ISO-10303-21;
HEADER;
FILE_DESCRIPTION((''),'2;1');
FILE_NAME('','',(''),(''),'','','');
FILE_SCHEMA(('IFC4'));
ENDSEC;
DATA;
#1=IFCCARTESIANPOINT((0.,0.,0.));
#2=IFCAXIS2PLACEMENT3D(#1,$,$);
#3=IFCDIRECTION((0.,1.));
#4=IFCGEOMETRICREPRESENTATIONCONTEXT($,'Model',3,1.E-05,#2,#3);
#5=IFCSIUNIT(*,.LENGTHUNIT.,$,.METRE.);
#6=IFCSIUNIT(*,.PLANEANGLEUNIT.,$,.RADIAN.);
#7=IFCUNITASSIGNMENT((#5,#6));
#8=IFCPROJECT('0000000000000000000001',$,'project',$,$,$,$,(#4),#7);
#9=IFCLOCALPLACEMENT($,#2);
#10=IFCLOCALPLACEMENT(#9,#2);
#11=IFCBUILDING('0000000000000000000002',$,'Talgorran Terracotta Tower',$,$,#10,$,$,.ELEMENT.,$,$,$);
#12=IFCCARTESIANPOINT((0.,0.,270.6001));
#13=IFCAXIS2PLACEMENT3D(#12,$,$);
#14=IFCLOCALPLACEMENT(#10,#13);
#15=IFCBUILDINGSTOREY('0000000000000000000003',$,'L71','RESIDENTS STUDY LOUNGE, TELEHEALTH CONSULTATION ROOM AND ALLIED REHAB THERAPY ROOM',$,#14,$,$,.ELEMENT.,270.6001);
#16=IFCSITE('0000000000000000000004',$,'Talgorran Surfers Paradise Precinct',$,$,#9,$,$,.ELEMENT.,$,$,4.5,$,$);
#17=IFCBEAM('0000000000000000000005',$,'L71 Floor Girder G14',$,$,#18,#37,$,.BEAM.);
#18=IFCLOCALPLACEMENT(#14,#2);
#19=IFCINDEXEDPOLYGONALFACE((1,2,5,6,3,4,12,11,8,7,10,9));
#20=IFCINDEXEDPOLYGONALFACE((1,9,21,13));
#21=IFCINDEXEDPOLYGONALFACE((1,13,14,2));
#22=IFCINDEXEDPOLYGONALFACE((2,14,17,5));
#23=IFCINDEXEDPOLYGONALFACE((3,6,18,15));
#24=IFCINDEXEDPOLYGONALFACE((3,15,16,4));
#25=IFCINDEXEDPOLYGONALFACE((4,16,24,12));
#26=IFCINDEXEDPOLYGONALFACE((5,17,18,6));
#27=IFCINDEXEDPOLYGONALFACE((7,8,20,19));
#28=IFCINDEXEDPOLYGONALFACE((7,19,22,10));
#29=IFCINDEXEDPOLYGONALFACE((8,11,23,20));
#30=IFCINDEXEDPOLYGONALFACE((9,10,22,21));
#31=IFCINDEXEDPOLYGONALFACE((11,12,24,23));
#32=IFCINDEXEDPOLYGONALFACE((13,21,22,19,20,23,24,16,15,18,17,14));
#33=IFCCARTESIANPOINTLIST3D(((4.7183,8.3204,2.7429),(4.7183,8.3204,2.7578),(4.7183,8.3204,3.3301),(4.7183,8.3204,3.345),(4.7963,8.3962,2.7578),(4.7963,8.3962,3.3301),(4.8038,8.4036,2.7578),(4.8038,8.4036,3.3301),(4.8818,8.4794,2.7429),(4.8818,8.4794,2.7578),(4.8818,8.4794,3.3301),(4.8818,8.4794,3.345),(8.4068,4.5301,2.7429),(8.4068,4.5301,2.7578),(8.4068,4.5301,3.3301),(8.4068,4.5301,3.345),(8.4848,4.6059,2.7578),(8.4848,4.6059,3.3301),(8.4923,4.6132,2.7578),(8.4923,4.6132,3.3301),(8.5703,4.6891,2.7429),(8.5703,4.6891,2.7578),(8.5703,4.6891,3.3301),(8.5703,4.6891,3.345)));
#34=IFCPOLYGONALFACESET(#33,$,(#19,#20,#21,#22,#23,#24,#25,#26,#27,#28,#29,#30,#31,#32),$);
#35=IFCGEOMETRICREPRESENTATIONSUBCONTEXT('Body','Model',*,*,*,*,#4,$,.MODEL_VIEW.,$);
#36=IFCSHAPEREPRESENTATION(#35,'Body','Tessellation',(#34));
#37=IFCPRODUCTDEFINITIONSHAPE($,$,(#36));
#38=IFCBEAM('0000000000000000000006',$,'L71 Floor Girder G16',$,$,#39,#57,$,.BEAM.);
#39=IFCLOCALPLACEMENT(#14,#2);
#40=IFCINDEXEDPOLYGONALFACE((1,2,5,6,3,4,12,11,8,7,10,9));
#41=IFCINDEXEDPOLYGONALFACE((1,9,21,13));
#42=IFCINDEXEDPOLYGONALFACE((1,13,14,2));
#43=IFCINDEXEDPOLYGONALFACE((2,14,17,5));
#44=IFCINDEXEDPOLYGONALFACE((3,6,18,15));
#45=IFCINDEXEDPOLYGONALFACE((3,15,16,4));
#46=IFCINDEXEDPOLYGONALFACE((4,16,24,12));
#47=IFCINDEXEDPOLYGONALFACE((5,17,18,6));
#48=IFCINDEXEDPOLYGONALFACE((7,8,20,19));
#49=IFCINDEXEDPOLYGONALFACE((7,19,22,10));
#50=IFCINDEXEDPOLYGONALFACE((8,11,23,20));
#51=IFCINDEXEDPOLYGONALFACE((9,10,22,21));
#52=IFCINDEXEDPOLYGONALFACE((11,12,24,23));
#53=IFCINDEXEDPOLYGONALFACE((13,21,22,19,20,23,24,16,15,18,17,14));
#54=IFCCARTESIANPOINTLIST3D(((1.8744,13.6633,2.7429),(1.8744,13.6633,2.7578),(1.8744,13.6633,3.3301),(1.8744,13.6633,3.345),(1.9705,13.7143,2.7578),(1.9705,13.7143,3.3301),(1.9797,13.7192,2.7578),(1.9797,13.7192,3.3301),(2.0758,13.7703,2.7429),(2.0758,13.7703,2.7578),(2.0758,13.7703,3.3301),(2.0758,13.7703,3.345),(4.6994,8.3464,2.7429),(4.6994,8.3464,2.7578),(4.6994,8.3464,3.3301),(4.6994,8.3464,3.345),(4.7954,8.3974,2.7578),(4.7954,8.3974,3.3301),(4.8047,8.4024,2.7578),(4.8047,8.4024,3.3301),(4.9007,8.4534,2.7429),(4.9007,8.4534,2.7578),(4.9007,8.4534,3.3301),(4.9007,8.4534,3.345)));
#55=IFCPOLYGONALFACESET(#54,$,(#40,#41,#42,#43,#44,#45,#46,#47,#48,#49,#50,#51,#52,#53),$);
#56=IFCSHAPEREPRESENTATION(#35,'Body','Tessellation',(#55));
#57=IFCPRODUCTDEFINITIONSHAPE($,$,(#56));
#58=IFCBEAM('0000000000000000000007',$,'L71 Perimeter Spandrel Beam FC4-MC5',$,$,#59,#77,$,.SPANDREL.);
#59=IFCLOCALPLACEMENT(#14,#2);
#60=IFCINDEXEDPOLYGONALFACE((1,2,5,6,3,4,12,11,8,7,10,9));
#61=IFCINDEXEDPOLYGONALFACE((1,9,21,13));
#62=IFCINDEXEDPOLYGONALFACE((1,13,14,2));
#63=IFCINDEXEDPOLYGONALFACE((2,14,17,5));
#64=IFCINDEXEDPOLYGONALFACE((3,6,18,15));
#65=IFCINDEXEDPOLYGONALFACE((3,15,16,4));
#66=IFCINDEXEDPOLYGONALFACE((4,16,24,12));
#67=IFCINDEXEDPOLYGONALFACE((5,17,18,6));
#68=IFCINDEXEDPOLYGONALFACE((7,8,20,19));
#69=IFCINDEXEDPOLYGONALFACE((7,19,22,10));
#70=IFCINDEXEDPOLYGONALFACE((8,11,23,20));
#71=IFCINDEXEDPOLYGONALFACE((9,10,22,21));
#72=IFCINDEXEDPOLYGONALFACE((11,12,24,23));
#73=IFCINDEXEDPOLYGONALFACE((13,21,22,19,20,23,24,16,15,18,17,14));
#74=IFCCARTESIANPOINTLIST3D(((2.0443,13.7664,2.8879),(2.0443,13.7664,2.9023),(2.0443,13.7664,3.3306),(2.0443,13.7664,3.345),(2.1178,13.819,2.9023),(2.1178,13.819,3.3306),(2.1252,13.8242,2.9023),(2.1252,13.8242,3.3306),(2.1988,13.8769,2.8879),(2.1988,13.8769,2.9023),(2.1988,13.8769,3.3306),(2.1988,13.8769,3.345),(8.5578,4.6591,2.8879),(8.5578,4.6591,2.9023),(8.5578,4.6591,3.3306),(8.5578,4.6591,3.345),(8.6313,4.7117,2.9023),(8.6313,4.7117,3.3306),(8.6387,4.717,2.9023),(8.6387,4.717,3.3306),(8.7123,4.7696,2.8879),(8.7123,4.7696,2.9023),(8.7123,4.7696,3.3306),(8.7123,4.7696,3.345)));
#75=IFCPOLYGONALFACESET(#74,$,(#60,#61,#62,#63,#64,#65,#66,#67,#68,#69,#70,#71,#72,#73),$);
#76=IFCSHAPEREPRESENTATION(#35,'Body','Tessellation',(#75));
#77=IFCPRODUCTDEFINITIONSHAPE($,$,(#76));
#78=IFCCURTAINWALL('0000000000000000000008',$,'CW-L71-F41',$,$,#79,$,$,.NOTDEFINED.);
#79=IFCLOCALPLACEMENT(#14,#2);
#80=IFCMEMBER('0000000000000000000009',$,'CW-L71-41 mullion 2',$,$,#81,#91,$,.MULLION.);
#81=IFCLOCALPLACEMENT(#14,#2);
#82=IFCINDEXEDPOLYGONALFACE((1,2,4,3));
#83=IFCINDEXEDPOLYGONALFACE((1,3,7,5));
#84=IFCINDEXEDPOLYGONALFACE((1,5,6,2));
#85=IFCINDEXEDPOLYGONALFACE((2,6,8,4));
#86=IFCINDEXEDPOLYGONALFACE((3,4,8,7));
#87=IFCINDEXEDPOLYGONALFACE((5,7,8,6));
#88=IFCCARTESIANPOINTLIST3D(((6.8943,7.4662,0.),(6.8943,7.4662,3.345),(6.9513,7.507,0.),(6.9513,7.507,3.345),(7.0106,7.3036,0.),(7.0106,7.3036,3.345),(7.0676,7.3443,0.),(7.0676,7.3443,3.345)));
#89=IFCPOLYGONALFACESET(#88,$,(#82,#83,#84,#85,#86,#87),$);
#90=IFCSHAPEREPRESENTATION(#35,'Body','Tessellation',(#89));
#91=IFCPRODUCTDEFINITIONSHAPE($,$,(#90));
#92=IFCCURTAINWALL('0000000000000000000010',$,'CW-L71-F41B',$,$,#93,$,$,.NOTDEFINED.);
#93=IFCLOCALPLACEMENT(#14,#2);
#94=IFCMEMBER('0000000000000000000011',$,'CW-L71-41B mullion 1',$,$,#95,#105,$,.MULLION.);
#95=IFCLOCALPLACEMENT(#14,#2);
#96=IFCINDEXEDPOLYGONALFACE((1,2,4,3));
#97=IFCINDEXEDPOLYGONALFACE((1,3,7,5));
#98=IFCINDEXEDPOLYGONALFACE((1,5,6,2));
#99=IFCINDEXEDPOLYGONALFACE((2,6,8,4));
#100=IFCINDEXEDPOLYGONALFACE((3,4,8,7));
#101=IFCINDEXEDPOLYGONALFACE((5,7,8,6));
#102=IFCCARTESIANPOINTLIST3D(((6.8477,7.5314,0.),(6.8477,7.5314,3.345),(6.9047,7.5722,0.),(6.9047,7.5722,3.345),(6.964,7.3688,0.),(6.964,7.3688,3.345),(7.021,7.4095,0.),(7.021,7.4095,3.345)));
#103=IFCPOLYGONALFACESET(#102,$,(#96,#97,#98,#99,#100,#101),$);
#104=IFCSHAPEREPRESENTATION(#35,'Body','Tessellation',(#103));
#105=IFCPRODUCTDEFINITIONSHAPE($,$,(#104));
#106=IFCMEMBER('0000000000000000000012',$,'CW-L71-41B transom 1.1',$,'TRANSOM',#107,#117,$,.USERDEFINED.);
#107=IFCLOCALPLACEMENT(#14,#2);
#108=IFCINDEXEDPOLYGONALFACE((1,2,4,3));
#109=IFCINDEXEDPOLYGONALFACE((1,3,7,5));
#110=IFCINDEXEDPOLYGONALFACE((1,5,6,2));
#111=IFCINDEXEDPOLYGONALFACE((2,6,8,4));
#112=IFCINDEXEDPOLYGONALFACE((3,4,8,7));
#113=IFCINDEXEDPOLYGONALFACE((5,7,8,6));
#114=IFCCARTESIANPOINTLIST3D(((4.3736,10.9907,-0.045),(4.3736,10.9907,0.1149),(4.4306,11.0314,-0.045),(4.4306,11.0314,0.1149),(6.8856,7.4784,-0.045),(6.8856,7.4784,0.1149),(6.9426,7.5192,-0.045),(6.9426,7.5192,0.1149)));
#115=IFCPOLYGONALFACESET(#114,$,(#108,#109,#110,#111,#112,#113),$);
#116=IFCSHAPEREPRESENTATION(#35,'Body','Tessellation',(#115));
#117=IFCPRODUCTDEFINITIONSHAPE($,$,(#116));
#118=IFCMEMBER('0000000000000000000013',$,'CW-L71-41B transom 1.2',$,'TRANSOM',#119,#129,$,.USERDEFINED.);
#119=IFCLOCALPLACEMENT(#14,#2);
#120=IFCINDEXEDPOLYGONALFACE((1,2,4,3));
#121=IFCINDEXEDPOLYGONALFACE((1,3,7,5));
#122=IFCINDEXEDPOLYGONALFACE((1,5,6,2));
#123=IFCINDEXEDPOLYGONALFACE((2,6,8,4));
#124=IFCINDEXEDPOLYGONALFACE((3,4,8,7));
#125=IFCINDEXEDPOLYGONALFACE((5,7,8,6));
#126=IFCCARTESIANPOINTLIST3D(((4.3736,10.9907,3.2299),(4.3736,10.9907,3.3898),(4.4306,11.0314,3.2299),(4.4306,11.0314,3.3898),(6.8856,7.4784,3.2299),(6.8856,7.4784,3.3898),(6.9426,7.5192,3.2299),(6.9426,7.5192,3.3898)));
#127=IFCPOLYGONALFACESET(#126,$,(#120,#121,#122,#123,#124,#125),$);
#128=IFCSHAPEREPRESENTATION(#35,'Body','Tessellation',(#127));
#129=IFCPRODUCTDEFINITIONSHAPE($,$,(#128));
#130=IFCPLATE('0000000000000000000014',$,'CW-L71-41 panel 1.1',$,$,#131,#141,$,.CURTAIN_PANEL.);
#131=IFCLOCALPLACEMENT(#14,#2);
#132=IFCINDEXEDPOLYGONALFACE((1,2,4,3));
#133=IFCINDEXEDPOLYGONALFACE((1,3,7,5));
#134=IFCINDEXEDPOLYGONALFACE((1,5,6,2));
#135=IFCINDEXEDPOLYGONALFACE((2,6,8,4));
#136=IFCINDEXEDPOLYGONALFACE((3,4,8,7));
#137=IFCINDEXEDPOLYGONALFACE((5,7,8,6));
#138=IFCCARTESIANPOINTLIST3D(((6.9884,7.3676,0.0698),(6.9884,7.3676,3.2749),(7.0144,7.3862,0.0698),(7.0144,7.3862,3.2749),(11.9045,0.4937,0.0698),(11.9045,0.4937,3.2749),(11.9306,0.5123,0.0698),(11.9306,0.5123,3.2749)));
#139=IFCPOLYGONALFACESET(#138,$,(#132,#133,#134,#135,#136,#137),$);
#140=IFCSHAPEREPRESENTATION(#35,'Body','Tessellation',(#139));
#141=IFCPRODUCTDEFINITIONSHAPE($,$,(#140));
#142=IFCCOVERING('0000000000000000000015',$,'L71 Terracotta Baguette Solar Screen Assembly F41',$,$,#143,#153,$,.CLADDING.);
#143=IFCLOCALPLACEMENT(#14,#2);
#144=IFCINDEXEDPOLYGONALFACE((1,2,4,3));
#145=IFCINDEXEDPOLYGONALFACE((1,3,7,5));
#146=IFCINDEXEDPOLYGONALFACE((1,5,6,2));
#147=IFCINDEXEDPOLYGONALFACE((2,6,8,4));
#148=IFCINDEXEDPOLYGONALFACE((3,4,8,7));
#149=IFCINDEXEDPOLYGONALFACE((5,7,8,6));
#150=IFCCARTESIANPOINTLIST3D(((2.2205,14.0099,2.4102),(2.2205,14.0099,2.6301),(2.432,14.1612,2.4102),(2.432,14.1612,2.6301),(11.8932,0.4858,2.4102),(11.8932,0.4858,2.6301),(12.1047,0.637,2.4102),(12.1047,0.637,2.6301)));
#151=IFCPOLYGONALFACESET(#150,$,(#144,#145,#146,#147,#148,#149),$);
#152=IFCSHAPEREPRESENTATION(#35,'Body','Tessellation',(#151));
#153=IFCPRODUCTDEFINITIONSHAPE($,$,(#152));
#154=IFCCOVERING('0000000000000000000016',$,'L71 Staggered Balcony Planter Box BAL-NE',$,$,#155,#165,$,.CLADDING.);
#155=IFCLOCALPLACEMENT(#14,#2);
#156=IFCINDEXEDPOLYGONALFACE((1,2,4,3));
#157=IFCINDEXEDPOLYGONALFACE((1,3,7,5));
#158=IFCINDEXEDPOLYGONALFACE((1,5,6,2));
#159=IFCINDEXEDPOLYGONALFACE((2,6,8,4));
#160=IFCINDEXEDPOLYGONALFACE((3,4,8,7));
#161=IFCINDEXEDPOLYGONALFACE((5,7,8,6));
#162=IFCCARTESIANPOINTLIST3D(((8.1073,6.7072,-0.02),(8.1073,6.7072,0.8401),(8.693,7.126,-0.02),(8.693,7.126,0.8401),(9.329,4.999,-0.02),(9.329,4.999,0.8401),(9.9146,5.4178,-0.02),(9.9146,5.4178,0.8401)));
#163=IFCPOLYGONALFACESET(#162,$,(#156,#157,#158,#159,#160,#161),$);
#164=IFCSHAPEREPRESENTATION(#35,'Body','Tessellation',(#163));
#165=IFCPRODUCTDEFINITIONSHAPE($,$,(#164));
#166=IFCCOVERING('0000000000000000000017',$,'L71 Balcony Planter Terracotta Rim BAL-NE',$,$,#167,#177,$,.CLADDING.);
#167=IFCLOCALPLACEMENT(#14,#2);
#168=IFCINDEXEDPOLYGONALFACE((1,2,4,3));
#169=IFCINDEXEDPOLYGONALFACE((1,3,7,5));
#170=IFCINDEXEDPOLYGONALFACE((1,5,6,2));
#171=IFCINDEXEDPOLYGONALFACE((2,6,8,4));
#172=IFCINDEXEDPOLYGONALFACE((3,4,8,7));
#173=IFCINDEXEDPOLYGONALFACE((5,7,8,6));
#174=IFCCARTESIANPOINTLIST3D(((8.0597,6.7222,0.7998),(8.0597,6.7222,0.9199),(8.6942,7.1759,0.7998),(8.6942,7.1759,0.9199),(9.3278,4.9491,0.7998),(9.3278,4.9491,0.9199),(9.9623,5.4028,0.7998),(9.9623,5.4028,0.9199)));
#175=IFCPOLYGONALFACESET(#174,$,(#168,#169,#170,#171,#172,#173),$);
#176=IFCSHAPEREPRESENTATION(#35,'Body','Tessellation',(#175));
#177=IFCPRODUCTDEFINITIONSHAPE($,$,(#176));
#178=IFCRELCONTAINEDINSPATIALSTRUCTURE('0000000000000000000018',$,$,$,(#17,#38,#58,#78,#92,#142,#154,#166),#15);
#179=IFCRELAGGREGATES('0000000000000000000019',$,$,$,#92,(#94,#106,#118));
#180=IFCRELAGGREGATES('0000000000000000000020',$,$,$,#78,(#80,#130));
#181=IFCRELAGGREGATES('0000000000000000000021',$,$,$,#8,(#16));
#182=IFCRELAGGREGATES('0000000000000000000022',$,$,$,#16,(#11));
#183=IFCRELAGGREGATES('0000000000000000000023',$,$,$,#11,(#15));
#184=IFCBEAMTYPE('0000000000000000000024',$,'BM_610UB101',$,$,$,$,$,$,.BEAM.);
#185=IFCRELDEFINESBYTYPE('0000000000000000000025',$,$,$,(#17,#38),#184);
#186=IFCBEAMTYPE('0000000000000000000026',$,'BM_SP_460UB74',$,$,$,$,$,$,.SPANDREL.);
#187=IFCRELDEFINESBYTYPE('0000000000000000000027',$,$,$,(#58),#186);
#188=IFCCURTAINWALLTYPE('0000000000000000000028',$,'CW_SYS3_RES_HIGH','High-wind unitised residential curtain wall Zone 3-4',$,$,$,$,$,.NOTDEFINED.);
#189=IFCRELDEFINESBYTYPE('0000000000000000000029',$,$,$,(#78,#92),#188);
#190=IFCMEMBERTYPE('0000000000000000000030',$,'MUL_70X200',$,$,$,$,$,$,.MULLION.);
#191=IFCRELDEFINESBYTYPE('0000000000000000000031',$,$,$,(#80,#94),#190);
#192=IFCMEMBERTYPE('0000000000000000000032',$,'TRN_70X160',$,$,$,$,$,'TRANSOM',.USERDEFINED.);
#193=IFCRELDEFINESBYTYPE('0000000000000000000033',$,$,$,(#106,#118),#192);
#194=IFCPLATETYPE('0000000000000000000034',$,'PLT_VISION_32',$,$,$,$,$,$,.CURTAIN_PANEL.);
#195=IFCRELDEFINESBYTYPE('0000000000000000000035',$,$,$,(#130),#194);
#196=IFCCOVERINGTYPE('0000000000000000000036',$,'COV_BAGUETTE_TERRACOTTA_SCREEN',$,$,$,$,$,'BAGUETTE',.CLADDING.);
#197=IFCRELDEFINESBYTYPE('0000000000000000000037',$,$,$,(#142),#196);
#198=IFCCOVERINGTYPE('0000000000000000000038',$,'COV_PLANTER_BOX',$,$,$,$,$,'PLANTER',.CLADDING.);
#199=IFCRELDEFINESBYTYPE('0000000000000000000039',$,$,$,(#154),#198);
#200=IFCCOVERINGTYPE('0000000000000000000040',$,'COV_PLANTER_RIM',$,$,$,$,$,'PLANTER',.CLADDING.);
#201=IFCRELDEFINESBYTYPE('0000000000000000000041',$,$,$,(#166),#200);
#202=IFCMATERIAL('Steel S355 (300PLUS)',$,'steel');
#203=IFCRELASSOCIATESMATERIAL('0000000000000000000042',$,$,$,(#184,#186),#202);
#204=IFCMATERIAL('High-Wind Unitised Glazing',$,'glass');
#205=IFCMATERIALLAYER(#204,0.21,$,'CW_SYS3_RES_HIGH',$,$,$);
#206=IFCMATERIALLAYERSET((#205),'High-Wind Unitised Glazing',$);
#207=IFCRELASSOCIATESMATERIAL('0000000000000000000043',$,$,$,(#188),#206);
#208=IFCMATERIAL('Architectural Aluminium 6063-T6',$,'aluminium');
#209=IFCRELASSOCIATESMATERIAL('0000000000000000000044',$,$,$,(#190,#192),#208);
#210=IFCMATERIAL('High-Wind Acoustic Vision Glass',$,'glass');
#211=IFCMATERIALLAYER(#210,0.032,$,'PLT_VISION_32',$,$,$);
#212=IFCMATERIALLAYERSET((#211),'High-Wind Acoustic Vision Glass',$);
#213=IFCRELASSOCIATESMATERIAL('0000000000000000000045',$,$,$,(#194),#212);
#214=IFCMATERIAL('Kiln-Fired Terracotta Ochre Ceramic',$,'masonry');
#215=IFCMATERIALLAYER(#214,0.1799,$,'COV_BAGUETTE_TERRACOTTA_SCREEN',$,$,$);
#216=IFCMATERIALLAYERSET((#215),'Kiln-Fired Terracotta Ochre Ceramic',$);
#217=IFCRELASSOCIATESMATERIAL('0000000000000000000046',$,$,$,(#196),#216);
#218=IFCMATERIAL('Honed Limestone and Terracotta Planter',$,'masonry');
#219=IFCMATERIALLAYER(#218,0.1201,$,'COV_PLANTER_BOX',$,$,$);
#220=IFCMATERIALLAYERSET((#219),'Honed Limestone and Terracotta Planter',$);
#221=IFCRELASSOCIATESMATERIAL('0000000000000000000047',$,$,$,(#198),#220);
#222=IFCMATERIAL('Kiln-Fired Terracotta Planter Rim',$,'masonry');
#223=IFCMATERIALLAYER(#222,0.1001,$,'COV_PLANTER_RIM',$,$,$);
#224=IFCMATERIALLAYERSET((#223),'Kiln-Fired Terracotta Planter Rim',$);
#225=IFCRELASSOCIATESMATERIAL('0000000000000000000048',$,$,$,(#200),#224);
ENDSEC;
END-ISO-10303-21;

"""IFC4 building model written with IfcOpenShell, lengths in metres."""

from ifc_helpers import new_model, si_unit, direction, frame, origin, origin_2d, place, context, subcontext, project, spatial, rectangle, i_section, extrude, source, transform, mapped, material, layer, layer_set, material_profile, profile_set, type_object, type_shapes, element, aggregate, save


model = new_model("IFC4")

# Units and contexts
model_context = context("Model", 3, precision=1e-05, world=origin(), true_north=direction((0.0, 1.0)))
body_context = subcontext(model_context, "Body", "Model", "MODEL_VIEW")
ifc_project = project(units=[si_unit("LENGTHUNIT", "METRE"), si_unit("PLANEANGLEUNIT", "RADIAN")], contexts=[model_context])

# Site, building, storey
site_placement = place(None, origin())
site = spatial("IfcSite", under=ifc_project, at=site_placement, Name="Talgorran Surfers Paradise Precinct", CompositionType="ELEMENT", RefElevation=4.5)
building_placement = place(site_placement, origin())
building = spatial("IfcBuilding", under=site, at=building_placement, Name="Talgorran Terracotta Tower", CompositionType="ELEMENT")
storey_placement = place(building_placement, frame((0.0, 0.0, 270.6001)))
storey = spatial("IfcBuildingStorey", under=building, at=storey_placement, Name="L71", Description="RESIDENTS STUDY LOUNGE, TELEHEALTH CONSULTATION ROOM AND ALLIED REHAB THERAPY ROOM", CompositionType="ELEMENT", Elevation=270.6001)

# Shared definitions
ifc_material_1 = material(Name="Steel S355 (300PLUS)", Category="steel")

# Beams
ifc_material_profile_1 = material_profile(ifc_material_1, i_section(OverallWidth=0.228, OverallDepth=0.6021, WebThickness=0.0105, FlangeThickness=0.0149, at=origin_2d()), Name="610UB101")
ifc_profile_set_1 = profile_set([ifc_material_profile_1], Name="Steel S355 (300PLUS)")
beam_type_1 = type_object("IfcBeamType", Name="BM_610UB101", PredefinedType="BEAM", material=ifc_profile_set_1)
beam_1_placement = place(storey_placement, frame((4.8, 8.3999, 3.0439), z_axis=(0.697416, -0.716666, 0.0), x_axis=(0.716666, 0.697416, 0.0)))
element("IfcBeam", 1, at=beam_1_placement, inside=storey, type_object=beam_type_1, Name="L71 Floor Girder G14", PredefinedType="BEAM", context=body_context, shape_type="SweptSolid", body=[
    extrude(i_section(OverallWidth=0.228, OverallDepth=0.6021, WebThickness=0.0105, FlangeThickness=0.0149, at=origin_2d()), origin(), (0.0, 0.0, 1.0), 5.2888),
])
beam_2_placement = place(storey_placement, frame((4.8, 8.3999, 3.0439), z_axis=(-0.469201, 0.883092, 0.0), x_axis=(-0.883092, -0.469201, 0.0)))
element("IfcBeam", 2, at=beam_2_placement, inside=storey, type_object=beam_type_1, Name="L71 Floor Girder G16", PredefinedType="BEAM", context=body_context, shape_type="SweptSolid", body=[
    extrude(i_section(OverallWidth=0.228, OverallDepth=0.6021, WebThickness=0.0105, FlangeThickness=0.0149, at=origin_2d()), origin(), (0.0, 0.0, 1.0), 6.0208),
])
ifc_material_profile_2 = material_profile(ifc_material_1, i_section(OverallWidth=0.1899, OverallDepth=0.457, WebThickness=0.009, FlangeThickness=0.0144, at=origin_2d()), Name="460UB74.6")
ifc_profile_set_2 = profile_set([ifc_material_profile_2], Name="Steel S355 (300PLUS)")
beam_type_2 = type_object("IfcBeamType", Name="BM_SP_460UB74", PredefinedType="SPANDREL", material=ifc_profile_set_2)
beam_3_placement = place(storey_placement, frame((8.635, 4.7144, 3.1165), z_axis=(-0.581729, 0.813383, 0.0), x_axis=(-0.813383, -0.581729, 0.0)))
element("IfcBeam", 3, at=beam_3_placement, inside=storey, type_object=beam_type_2, Name="L71 Perimeter Spandrel Beam FC4-MC5", PredefinedType="SPANDREL", context=body_context, shape_type="SweptSolid", body=[
    extrude(i_section(OverallWidth=0.1899, OverallDepth=0.457, WebThickness=0.009, FlangeThickness=0.0144, at=origin_2d()), origin(), (0.0, 0.0, 1.0), 11.1968),
])

# Curtain wall, member
ifc_material_2 = material(Name="High-Wind Unitised Glazing", Category="glass")
ifc_layer_1 = layer(ifc_material_2, 0.21, Name="CW_SYS3_RES_HIGH")
ifc_layer_set_1 = layer_set([ifc_layer_1], Name="High-Wind Unitised Glazing")
curtain_wall_type = type_object("IfcCurtainWallType", Name="CW_SYS3_RES_HIGH", Description="High-wind unitised residential curtain wall Zone 3-4", PredefinedType="NOTDEFINED", material=ifc_layer_set_1)
curtain_wall_1_placement = place(storey_placement, origin())
curtain_wall_1 = element("IfcCurtainWall", 4, at=curtain_wall_1_placement, inside=storey, type_object=curtain_wall_type, Name="CW-L71-F41", PredefinedType="NOTDEFINED")
ifc_material_3 = material(Name="Architectural Aluminium 6063-T6", Category="aluminium")
ifc_material_profile_3 = material_profile(ifc_material_3, rectangle(XDim=0.0701, YDim=0.2, at=origin_2d()), Name="CWM70X200")
ifc_profile_set_3 = profile_set([ifc_material_profile_3], Name="Architectural Aluminium 6063-T6")
member_type_1 = type_object("IfcMemberType", Name="MUL_70X200", PredefinedType="MULLION", material=ifc_profile_set_3)
member_1_placement = place(storey_placement, frame((6.981, 7.4053, 0.0), z_axis=(0.0, 0.0, 1.0), x_axis=(-0.813382, -0.58173, 0.0)))
member_1 = element("IfcMember", 5, at=member_1_placement, type_object=member_type_1, Name="CW-L71-41 mullion 2", PredefinedType="MULLION", context=body_context, shape_type="SweptSolid", body=[
    extrude(rectangle(XDim=0.0701, YDim=0.2, at=origin_2d()), origin(), (0.0, 0.0, 1.0), 3.345),
])

# Curtain wall, members
curtain_wall_2_placement = place(storey_placement, origin())
curtain_wall_2 = element("IfcCurtainWall", 6, at=curtain_wall_2_placement, inside=storey, type_object=curtain_wall_type, Name="CW-L71-F41B", PredefinedType="NOTDEFINED")
member_2_placement = place(storey_placement, frame((6.9343, 7.4705, 0.0), z_axis=(0.0, 0.0, 1.0), x_axis=(-0.81337, -0.581747, 0.0)))
member_2 = element("IfcMember", 7, at=member_2_placement, type_object=member_type_1, Name="CW-L71-41B mullion 1", PredefinedType="MULLION", context=body_context, shape_type="SweptSolid", body=[
    extrude(rectangle(XDim=0.0701, YDim=0.2, at=origin_2d()), origin(), (0.0, 0.0, 1.0), 3.345),
])
ifc_material_profile_4 = material_profile(ifc_material_3, rectangle(XDim=0.0701, YDim=0.1599, at=origin_2d()), Name="CWT70X160")
ifc_profile_set_4 = profile_set([ifc_material_profile_4], Name="Architectural Aluminium 6063-T6")
member_type_2 = type_object("IfcMemberType", Name="TRN_70X160", ElementType="TRANSOM", PredefinedType="USERDEFINED", material=ifc_profile_set_4)
member_3_placement = place(storey_placement, frame((6.9141, 7.4988, 0.0349), z_axis=(-0.581735, 0.813378, 0.0), x_axis=(-0.813378, -0.581735, 0.0)))
member_3 = element("IfcMember", 8, at=member_3_placement, type_object=member_type_2, Name="CW-L71-41B transom 1.1", ObjectType="TRANSOM", PredefinedType="USERDEFINED", context=body_context, shape_type="SweptSolid", body=[
    extrude(rectangle(XDim=0.0701, YDim=0.1599, at=origin_2d()), origin(), (0.0, 0.0, 1.0), 4.3181),
])
member_4_placement = place(storey_placement, frame((6.9141, 7.4988, 3.3098), z_axis=(-0.581735, 0.813378, 0.0), x_axis=(-0.813378, -0.581735, 0.0)))
member_4 = element("IfcMember", 9, at=member_4_placement, type_object=member_type_2, Name="CW-L71-41B transom 1.2", ObjectType="TRANSOM", PredefinedType="USERDEFINED", context=body_context, shape_type="SweptSolid", body=[
    extrude(rectangle(XDim=0.0701, YDim=0.1599, at=origin_2d()), origin(), (0.0, 0.0, 1.0), 4.3181),
])
aggregate(curtain_wall_2, [member_2, member_3, member_4])

# Plate
ifc_material_4 = material(Name="High-Wind Acoustic Vision Glass", Category="glass")
ifc_layer_2 = layer(ifc_material_4, 0.032, Name="PLT_VISION_32")
ifc_layer_set_2 = layer_set([ifc_layer_2], Name="High-Wind Acoustic Vision Glass")
plate_type = type_object("IfcPlateType", Name="PLT_VISION_32", PredefinedType="CURTAIN_PANEL", material=ifc_layer_set_2)
shared_shape = source(origin(), body_context, "Body", "SweptSolid", [
    extrude(rectangle(XDim=8.4509, YDim=0.032, at=origin_2d()), origin(), (0.0, 0.0, 1.0), 3.2051),
])
type_shapes(plate_type, [shared_shape])
plate_placement = place(storey_placement, frame((9.4595, 3.9399, 0.0698), z_axis=(0.0, 0.0, 1.0), x_axis=(-0.58173, 0.813382, 0.0)))
plate = element("IfcPlate", 10, at=plate_placement, type_object=plate_type, Name="CW-L71-41 panel 1.1", PredefinedType="CURTAIN_PANEL", context=body_context, shape_type="MappedRepresentation", body=[
    mapped(shared_shape, transform((0.0, 0.0, 0.0), scale=1.0)),
])
aggregate(curtain_wall_1, [member_1, plate])

# Coverings
ifc_material_5 = material(Name="Kiln-Fired Terracotta Ochre Ceramic", Category="masonry")
ifc_layer_3 = layer(ifc_material_5, 0.1799, Name="COV_BAGUETTE_TERRACOTTA_SCREEN")
ifc_layer_set_3 = layer_set([ifc_layer_3], Name="Kiln-Fired Terracotta Ochre Ceramic")
covering_type_1 = type_object("IfcCoveringType", Name="COV_BAGUETTE_TERRACOTTA_SCREEN", ElementType="BAGUETTE", PredefinedType="CLADDING", material=ifc_layer_set_3)
covering_1_placement = place(storey_placement, frame((7.1626, 7.3235, 2.4102), z_axis=(0.0, 0.0, 1.0), x_axis=(-0.58174, 0.813375, 0.0)))
element("IfcCovering", 11, at=covering_1_placement, inside=storey, type_object=covering_type_1, Name="L71 Terracotta Baguette Solar Screen Assembly F41", PredefinedType="CLADDING", context=body_context, shape_type="SweptSolid", body=[
    extrude(rectangle(XDim=16.6272, YDim=0.26, at=origin_2d()), origin(), (0.0, 0.0, 1.0), 0.22),
])
ifc_material_6 = material(Name="Honed Limestone and Terracotta Planter", Category="masonry")
ifc_layer_4 = layer(ifc_material_6, 0.1201, Name="COV_PLANTER_BOX")
ifc_layer_set_4 = layer_set([ifc_layer_4], Name="Honed Limestone and Terracotta Planter")
covering_type_2 = type_object("IfcCoveringType", Name="COV_PLANTER_BOX", ElementType="PLANTER", PredefinedType="CLADDING", material=ifc_layer_set_4)
covering_2_placement = place(storey_placement, frame((9.011, 6.0625, -0.02), z_axis=(0.0, 0.0, 1.0), x_axis=(-0.581726, 0.813385, 0.0)))
element("IfcCovering", 12, at=covering_2_placement, inside=storey, type_object=covering_type_2, Name="L71 Staggered Balcony Planter Box BAL-NE", PredefinedType="CLADDING", context=body_context, shape_type="SweptSolid", body=[
    extrude(rectangle(XDim=2.1001, YDim=0.72, at=origin_2d()), origin(), (0.0, 0.0, 1.0), 0.8601),
])
ifc_material_7 = material(Name="Kiln-Fired Terracotta Planter Rim", Category="masonry")
ifc_layer_5 = layer(ifc_material_7, 0.1001, Name="COV_PLANTER_RIM")
ifc_layer_set_5 = layer_set([ifc_layer_5], Name="Kiln-Fired Terracotta Planter Rim")
covering_type_3 = type_object("IfcCoveringType", Name="COV_PLANTER_RIM", ElementType="PLANTER", PredefinedType="CLADDING", material=ifc_layer_set_5)
covering_3_placement = place(storey_placement, frame((9.011, 6.0625, 0.7998), z_axis=(0.0, 0.0, 1.0), x_axis=(-0.581726, 0.813385, 0.0)))
element("IfcCovering", 13, at=covering_3_placement, inside=storey, type_object=covering_type_3, Name="L71 Balcony Planter Terracotta Rim BAL-NE", PredefinedType="CLADDING", context=body_context, shape_type="SweptSolid", body=[
    extrude(rectangle(XDim=2.1799, YDim=0.78, at=origin_2d()), origin(), (0.0, 0.0, 1.0), 0.1201),
])

save(model, "model.ifc")
